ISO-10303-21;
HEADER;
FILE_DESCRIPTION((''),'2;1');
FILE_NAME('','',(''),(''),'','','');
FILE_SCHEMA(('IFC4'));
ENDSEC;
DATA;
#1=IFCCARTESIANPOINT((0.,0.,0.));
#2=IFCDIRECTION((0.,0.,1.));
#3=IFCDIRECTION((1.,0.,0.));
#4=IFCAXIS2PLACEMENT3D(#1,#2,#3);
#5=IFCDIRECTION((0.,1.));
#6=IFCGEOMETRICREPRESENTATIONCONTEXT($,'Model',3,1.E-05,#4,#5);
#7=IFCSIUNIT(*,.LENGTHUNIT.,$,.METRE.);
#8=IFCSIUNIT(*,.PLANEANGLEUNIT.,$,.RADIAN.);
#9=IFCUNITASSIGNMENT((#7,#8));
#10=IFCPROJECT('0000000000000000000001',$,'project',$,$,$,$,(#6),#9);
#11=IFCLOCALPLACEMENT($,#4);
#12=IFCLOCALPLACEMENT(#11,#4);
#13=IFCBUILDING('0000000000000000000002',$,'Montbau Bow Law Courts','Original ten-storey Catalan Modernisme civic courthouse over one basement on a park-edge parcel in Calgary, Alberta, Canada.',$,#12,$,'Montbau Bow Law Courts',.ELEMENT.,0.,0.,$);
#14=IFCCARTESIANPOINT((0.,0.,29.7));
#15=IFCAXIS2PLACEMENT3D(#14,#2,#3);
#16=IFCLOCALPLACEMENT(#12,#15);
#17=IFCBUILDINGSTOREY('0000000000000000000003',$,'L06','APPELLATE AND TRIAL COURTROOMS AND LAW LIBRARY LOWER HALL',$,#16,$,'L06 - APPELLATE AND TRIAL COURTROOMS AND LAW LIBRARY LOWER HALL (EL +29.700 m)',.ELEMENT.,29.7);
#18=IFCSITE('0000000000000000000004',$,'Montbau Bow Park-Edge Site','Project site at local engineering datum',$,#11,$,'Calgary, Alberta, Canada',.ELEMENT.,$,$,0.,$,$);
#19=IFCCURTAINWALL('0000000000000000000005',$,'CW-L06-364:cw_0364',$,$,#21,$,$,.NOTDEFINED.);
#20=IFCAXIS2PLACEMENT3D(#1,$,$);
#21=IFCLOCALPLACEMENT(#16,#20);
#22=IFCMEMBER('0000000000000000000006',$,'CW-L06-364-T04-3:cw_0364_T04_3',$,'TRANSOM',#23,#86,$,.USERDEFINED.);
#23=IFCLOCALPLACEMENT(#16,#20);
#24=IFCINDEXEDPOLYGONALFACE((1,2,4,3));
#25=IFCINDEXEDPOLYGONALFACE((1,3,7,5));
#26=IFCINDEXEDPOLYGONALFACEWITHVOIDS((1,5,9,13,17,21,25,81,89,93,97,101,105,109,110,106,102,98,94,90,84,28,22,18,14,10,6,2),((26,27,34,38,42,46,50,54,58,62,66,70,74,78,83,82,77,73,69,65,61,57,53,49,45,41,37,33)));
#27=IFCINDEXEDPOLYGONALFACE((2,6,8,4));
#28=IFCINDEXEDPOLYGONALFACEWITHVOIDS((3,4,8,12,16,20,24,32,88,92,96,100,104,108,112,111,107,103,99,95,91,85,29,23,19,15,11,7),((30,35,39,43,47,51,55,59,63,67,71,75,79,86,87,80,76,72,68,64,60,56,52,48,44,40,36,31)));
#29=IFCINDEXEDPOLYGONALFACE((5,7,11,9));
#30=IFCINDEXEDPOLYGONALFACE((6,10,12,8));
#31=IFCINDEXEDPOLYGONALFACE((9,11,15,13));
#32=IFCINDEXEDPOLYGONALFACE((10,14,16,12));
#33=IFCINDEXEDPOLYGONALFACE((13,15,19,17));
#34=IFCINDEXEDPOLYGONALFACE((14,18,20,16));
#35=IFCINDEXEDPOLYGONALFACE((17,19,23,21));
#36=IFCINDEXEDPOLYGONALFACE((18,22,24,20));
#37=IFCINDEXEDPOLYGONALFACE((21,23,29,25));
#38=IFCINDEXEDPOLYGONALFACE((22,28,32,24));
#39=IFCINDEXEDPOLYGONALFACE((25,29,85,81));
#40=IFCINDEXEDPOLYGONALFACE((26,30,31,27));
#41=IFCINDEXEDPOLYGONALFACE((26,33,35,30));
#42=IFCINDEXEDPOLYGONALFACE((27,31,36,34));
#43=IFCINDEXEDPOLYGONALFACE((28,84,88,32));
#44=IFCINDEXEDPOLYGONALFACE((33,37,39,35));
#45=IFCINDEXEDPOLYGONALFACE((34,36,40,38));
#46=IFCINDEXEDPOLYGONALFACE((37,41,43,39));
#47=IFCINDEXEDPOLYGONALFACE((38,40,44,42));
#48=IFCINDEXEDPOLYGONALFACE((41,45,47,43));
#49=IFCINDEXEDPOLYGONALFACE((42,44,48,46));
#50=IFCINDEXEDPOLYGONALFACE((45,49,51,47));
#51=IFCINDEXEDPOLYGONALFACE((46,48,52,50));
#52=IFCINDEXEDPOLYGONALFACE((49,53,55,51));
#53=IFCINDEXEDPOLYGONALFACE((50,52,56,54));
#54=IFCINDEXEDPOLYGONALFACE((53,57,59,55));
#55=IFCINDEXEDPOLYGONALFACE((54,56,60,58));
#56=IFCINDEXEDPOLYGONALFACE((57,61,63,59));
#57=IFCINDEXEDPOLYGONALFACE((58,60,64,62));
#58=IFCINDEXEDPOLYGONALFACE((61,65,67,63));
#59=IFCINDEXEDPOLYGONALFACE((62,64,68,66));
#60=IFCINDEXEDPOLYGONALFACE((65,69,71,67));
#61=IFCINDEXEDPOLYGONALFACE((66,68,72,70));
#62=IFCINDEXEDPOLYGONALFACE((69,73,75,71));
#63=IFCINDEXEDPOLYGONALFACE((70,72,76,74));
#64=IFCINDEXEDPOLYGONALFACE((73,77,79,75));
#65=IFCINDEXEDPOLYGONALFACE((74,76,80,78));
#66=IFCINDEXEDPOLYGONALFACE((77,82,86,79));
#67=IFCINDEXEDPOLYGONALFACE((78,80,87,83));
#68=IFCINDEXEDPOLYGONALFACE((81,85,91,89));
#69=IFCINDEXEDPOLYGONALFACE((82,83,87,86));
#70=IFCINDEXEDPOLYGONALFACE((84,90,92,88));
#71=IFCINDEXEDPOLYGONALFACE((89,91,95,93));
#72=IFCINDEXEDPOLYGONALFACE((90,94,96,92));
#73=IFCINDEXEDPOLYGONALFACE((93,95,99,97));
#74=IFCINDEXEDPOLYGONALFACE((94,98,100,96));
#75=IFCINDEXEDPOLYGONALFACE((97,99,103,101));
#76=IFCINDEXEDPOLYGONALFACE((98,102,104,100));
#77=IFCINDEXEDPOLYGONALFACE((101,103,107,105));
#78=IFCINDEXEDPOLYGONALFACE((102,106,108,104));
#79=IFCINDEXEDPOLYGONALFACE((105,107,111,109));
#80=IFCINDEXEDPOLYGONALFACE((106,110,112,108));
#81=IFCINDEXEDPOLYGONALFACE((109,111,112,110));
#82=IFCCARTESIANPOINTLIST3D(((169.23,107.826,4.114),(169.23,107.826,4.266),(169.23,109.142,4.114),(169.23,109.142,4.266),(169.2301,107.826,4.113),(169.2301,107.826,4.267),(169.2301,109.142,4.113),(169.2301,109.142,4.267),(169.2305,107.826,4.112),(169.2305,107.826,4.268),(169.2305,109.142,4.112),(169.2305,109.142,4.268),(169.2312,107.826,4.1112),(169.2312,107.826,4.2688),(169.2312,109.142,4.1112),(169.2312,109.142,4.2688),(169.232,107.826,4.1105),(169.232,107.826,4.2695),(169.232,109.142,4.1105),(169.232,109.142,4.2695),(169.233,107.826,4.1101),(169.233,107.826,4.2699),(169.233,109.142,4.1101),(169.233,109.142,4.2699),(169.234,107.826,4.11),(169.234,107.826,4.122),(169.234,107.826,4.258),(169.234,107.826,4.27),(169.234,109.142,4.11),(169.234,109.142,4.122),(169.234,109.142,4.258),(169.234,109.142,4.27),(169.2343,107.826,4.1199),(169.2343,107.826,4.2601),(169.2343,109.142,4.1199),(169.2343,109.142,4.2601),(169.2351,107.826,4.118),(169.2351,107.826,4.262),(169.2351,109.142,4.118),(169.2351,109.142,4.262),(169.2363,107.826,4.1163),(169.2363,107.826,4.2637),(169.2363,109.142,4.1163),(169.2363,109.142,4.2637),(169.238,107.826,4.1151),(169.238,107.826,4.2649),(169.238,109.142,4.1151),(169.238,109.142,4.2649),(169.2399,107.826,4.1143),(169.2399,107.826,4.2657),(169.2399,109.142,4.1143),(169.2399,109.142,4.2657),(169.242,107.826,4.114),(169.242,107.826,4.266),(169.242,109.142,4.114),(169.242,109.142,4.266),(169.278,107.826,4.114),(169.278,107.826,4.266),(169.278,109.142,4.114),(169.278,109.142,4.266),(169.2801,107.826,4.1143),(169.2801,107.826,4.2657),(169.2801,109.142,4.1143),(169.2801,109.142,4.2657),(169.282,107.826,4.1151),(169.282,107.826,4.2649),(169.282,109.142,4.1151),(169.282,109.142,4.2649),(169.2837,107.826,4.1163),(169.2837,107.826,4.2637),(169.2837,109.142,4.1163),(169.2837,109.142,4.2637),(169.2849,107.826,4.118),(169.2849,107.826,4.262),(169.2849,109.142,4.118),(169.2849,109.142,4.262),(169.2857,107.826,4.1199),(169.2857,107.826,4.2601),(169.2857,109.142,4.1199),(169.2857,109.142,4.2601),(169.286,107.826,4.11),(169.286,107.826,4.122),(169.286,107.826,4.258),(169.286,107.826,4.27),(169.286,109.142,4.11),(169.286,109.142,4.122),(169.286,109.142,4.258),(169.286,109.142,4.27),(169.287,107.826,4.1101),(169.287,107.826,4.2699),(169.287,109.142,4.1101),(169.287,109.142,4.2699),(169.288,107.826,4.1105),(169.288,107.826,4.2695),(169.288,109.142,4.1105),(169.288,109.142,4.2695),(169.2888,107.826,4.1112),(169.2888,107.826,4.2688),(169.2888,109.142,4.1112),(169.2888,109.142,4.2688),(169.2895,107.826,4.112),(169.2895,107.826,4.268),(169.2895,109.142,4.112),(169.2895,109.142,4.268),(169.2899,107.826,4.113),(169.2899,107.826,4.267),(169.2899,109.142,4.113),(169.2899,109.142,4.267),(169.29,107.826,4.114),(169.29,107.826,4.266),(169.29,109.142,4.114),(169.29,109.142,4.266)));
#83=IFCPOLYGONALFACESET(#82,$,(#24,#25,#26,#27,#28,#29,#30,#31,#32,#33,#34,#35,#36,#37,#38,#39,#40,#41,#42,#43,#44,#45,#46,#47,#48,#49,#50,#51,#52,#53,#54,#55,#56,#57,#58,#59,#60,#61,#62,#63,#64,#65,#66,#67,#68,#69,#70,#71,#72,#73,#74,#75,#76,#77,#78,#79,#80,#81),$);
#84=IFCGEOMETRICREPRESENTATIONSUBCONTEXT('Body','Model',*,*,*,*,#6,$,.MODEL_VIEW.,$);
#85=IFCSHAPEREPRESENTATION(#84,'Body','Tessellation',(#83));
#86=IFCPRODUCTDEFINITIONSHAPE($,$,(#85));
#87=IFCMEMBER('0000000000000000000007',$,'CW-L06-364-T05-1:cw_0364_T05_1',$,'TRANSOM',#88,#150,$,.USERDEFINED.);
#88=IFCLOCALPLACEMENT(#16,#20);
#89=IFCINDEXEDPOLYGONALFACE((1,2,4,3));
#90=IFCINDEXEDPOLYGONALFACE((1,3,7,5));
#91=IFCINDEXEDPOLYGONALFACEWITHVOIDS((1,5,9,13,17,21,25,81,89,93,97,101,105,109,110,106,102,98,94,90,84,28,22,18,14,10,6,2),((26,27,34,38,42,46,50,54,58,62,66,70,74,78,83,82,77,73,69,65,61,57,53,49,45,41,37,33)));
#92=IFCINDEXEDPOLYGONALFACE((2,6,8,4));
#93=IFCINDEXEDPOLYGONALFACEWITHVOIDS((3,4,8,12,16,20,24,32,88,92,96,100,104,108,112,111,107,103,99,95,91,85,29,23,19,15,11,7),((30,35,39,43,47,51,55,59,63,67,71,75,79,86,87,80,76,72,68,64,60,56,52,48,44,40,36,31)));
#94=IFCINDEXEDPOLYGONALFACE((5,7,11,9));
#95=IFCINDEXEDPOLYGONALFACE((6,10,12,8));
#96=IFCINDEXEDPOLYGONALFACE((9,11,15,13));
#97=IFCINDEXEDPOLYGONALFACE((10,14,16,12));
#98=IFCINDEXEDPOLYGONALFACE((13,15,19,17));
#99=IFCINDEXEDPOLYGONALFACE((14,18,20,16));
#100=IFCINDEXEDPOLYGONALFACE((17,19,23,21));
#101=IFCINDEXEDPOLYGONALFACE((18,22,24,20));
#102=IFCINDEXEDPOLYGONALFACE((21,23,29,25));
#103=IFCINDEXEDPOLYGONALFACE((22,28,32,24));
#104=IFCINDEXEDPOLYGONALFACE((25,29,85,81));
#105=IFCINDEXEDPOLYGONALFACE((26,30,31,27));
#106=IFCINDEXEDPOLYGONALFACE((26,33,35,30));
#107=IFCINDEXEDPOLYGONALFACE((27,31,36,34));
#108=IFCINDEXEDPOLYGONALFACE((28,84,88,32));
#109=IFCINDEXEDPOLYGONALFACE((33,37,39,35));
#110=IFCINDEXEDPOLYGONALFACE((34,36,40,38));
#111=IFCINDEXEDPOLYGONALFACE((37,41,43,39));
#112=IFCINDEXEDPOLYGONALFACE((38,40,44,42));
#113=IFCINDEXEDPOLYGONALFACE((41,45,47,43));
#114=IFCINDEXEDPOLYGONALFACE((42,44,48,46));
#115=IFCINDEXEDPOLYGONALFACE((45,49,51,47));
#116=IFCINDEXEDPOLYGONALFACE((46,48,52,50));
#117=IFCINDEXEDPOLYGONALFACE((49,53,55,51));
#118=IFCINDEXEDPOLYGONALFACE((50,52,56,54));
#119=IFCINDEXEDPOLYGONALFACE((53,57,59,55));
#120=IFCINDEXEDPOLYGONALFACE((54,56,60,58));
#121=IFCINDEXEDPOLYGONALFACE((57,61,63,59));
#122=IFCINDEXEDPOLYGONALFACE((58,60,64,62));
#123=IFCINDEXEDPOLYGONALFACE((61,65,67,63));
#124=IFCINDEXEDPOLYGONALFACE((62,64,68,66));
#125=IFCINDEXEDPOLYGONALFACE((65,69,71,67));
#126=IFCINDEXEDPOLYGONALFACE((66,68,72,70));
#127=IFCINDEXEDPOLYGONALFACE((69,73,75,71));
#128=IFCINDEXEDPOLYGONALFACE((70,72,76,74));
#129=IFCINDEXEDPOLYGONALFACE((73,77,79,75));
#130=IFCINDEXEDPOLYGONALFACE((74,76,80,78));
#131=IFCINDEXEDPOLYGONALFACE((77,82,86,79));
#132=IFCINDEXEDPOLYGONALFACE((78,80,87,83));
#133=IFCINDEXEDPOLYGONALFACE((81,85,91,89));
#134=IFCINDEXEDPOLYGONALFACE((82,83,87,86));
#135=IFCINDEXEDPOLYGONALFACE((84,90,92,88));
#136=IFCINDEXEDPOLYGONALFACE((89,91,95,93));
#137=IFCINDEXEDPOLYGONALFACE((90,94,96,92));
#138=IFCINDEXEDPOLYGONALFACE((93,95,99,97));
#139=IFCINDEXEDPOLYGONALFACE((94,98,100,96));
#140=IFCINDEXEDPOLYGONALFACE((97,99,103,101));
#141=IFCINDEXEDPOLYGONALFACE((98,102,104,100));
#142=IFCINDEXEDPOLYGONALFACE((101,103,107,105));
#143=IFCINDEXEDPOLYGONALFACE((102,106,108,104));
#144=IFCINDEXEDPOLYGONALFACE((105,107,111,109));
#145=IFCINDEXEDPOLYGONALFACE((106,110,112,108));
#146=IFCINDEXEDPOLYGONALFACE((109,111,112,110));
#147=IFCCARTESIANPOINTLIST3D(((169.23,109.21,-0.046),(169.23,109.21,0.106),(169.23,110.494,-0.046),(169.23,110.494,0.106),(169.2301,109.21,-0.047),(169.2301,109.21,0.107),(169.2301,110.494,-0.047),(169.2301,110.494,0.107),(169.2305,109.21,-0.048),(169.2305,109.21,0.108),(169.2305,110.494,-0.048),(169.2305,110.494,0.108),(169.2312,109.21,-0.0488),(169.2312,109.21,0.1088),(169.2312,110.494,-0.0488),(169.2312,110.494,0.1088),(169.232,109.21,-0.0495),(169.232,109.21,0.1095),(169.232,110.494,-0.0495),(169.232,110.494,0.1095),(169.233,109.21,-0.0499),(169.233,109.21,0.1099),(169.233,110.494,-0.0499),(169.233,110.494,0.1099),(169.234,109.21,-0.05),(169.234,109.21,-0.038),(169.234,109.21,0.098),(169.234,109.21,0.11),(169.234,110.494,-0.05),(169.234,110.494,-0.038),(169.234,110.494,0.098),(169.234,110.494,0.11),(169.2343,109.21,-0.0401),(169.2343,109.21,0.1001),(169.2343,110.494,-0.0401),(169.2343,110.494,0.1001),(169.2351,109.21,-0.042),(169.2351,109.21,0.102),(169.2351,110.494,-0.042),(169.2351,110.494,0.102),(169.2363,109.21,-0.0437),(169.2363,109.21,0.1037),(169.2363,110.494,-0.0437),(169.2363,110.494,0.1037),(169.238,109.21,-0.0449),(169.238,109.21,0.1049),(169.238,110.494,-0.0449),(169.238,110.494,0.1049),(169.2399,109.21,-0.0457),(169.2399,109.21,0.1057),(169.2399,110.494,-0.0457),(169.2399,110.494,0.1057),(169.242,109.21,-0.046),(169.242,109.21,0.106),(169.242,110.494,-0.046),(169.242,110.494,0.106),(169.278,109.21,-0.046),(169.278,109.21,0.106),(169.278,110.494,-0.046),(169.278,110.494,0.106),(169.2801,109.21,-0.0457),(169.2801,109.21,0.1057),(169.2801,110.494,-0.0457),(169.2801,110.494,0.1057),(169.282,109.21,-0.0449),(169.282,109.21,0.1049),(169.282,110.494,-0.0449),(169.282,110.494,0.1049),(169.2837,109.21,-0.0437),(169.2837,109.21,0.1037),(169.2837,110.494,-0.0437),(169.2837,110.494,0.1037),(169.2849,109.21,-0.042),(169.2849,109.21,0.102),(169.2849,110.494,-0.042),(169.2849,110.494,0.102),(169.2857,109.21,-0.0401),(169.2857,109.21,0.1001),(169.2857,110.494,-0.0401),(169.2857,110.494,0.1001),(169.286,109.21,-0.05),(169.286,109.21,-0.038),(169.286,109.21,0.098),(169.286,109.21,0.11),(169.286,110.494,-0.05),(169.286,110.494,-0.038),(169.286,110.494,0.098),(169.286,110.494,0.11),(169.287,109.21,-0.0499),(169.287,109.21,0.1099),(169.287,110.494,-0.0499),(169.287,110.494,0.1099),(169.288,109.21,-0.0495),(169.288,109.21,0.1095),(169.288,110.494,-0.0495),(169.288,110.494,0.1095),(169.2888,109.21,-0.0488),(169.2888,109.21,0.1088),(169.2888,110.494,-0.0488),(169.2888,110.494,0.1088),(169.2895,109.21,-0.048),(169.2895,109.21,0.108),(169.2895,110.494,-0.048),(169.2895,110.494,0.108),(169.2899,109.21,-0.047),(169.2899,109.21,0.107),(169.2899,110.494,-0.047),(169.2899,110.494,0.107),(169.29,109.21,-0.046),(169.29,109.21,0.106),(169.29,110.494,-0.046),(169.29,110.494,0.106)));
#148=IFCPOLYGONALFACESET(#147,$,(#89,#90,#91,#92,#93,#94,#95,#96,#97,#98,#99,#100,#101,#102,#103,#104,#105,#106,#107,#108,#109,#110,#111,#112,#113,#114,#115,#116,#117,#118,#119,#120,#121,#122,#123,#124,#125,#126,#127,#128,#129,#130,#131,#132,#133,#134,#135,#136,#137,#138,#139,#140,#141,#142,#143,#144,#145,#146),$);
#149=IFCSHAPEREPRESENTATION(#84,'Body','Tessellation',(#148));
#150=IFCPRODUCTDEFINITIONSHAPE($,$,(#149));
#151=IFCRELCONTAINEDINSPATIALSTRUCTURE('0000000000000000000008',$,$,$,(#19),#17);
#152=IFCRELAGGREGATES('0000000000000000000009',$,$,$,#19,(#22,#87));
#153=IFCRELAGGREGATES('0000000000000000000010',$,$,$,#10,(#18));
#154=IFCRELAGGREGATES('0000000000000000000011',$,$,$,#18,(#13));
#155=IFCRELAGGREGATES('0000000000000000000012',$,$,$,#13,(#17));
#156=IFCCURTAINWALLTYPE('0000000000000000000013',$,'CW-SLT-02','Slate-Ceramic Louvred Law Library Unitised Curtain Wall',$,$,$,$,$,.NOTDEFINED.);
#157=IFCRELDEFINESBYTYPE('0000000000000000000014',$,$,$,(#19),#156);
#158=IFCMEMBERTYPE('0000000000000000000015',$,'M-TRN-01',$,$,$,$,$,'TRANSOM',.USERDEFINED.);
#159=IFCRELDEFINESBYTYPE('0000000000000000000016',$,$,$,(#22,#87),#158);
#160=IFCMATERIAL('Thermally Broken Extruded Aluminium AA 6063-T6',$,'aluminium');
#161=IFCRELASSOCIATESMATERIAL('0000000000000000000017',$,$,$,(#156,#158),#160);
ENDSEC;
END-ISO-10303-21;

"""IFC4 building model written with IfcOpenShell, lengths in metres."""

from ifc_helpers import new_model, si_unit, direction, frame, origin_with_axes, origin_2d_with_axis, place, context, subcontext, project, spatial, hollow_rectangle, extrude, material, material_profile, profile_set, type_object, element, aggregate, save


model = new_model("IFC4")

# Units and contexts
model_context = context("Model", 3, precision=1e-05, world=origin_with_axes(), true_north=direction((0.0, 1.0)))
body_context = subcontext(model_context, "Body", "Model", "MODEL_VIEW")
ifc_project = project(units=[si_unit("LENGTHUNIT", "METRE"), si_unit("PLANEANGLEUNIT", "RADIAN")], contexts=[model_context])

# Site, building, storey
site_placement = place(None, origin_with_axes())
site = spatial("IfcSite", under=ifc_project, at=site_placement, Name="Montbau Bow Park-Edge Site", Description="Project site at local engineering datum", LongName="Calgary, Alberta, Canada", CompositionType="ELEMENT", RefElevation=0.0)
building_placement = place(site_placement, origin_with_axes())
building = spatial("IfcBuilding", under=site, at=building_placement, Name="Montbau Bow Law Courts", Description="Original ten-storey Catalan Modernisme civic courthouse over one basement on a park-edge parcel in Calgary, Alberta, Canada.", LongName="Montbau Bow Law Courts", CompositionType="ELEMENT", ElevationOfRefHeight=0.0, ElevationOfTerrain=0.0)
storey_placement = place(building_placement, frame((0.0, 0.0, 29.7), z_axis=(0.0, 0.0, 1.0), x_axis=(1.0, 0.0, 0.0)))
storey = spatial("IfcBuildingStorey", under=building, at=storey_placement, Name="L06", Description="APPELLATE AND TRIAL COURTROOMS AND LAW LIBRARY LOWER HALL", LongName="L06 - APPELLATE AND TRIAL COURTROOMS AND LAW LIBRARY LOWER HALL (EL +29.700 m)", CompositionType="ELEMENT", Elevation=29.7)

# Curtain wall
ifc_material_1 = material(Name="Thermally Broken Extruded Aluminium AA 6063-T6", Category="aluminium")
curtain_wall_type = type_object("IfcCurtainWallType", Name="CW-SLT-02", Description="Slate-Ceramic Louvred Law Library Unitised Curtain Wall", PredefinedType="NOTDEFINED", material=ifc_material_1)
curtain_wall_1_placement = place(None, frame((169.26, 103.64, 29.7), z_axis=(0.0, 0.0, 1.0), x_axis=(1.0, 0.0, 0.0)))
curtain_wall_1 = element("IfcCurtainWall", 1, at=curtain_wall_1_placement, inside=storey, type_object=curtain_wall_type, Name="CW-L06-364:cw_0364", PredefinedType="NOTDEFINED")

# Members
ifc_material_profile_1 = material_profile(ifc_material_1, hollow_rectangle(XDim=0.06, YDim=0.16, WallThickness=0.004, InnerFilletRadius=0.008, OuterFilletRadius=0.004, at=origin_2d_with_axis()), Name="CWT-160X60", Category="Main", Priority=0)
ifc_profile_set_1 = profile_set([ifc_material_profile_1], Name="Thermally Broken Extruded Aluminium AA 6063-T6")
member_type_1 = type_object("IfcMemberType", Name="M-TRN-01", ElementType="TRANSOM", PredefinedType="USERDEFINED", material=ifc_profile_set_1)
member_1_placement = place(None, frame((169.26, 107.826, 33.89), z_axis=(0.0, 1.0, 0.0), x_axis=(-1.0, 0.0, 0.0)))
member_1 = element("IfcMember", 2, at=member_1_placement, type_object=member_type_1, Name="CW-L06-364-T04-3:cw_0364_T04_3", ObjectType="TRANSOM", PredefinedType="USERDEFINED", context=body_context, shape_type="SweptSolid", body=[
    extrude(hollow_rectangle(XDim=0.06, YDim=0.16, WallThickness=0.004, InnerFilletRadius=0.008, OuterFilletRadius=0.004, at=origin_2d_with_axis()), origin_with_axes(), (0.0, 0.0, 1.0), 1.316),
])
member_2_placement = place(None, frame((169.26, 109.21, 29.73), z_axis=(0.0, 1.0, 0.0), x_axis=(-1.0, 0.0, 0.0)))
member_2 = element("IfcMember", 3, at=member_2_placement, type_object=member_type_1, Name="CW-L06-364-T05-1:cw_0364_T05_1", ObjectType="TRANSOM", PredefinedType="USERDEFINED", context=body_context, shape_type="SweptSolid", body=[
    extrude(hollow_rectangle(XDim=0.06, YDim=0.16, WallThickness=0.004, InnerFilletRadius=0.008, OuterFilletRadius=0.004, at=origin_2d_with_axis()), origin_with_axes(), (0.0, 0.0, 1.0), 1.284),
])

aggregate(curtain_wall_1, [member_1, member_2])

save(model, "model.ifc")
